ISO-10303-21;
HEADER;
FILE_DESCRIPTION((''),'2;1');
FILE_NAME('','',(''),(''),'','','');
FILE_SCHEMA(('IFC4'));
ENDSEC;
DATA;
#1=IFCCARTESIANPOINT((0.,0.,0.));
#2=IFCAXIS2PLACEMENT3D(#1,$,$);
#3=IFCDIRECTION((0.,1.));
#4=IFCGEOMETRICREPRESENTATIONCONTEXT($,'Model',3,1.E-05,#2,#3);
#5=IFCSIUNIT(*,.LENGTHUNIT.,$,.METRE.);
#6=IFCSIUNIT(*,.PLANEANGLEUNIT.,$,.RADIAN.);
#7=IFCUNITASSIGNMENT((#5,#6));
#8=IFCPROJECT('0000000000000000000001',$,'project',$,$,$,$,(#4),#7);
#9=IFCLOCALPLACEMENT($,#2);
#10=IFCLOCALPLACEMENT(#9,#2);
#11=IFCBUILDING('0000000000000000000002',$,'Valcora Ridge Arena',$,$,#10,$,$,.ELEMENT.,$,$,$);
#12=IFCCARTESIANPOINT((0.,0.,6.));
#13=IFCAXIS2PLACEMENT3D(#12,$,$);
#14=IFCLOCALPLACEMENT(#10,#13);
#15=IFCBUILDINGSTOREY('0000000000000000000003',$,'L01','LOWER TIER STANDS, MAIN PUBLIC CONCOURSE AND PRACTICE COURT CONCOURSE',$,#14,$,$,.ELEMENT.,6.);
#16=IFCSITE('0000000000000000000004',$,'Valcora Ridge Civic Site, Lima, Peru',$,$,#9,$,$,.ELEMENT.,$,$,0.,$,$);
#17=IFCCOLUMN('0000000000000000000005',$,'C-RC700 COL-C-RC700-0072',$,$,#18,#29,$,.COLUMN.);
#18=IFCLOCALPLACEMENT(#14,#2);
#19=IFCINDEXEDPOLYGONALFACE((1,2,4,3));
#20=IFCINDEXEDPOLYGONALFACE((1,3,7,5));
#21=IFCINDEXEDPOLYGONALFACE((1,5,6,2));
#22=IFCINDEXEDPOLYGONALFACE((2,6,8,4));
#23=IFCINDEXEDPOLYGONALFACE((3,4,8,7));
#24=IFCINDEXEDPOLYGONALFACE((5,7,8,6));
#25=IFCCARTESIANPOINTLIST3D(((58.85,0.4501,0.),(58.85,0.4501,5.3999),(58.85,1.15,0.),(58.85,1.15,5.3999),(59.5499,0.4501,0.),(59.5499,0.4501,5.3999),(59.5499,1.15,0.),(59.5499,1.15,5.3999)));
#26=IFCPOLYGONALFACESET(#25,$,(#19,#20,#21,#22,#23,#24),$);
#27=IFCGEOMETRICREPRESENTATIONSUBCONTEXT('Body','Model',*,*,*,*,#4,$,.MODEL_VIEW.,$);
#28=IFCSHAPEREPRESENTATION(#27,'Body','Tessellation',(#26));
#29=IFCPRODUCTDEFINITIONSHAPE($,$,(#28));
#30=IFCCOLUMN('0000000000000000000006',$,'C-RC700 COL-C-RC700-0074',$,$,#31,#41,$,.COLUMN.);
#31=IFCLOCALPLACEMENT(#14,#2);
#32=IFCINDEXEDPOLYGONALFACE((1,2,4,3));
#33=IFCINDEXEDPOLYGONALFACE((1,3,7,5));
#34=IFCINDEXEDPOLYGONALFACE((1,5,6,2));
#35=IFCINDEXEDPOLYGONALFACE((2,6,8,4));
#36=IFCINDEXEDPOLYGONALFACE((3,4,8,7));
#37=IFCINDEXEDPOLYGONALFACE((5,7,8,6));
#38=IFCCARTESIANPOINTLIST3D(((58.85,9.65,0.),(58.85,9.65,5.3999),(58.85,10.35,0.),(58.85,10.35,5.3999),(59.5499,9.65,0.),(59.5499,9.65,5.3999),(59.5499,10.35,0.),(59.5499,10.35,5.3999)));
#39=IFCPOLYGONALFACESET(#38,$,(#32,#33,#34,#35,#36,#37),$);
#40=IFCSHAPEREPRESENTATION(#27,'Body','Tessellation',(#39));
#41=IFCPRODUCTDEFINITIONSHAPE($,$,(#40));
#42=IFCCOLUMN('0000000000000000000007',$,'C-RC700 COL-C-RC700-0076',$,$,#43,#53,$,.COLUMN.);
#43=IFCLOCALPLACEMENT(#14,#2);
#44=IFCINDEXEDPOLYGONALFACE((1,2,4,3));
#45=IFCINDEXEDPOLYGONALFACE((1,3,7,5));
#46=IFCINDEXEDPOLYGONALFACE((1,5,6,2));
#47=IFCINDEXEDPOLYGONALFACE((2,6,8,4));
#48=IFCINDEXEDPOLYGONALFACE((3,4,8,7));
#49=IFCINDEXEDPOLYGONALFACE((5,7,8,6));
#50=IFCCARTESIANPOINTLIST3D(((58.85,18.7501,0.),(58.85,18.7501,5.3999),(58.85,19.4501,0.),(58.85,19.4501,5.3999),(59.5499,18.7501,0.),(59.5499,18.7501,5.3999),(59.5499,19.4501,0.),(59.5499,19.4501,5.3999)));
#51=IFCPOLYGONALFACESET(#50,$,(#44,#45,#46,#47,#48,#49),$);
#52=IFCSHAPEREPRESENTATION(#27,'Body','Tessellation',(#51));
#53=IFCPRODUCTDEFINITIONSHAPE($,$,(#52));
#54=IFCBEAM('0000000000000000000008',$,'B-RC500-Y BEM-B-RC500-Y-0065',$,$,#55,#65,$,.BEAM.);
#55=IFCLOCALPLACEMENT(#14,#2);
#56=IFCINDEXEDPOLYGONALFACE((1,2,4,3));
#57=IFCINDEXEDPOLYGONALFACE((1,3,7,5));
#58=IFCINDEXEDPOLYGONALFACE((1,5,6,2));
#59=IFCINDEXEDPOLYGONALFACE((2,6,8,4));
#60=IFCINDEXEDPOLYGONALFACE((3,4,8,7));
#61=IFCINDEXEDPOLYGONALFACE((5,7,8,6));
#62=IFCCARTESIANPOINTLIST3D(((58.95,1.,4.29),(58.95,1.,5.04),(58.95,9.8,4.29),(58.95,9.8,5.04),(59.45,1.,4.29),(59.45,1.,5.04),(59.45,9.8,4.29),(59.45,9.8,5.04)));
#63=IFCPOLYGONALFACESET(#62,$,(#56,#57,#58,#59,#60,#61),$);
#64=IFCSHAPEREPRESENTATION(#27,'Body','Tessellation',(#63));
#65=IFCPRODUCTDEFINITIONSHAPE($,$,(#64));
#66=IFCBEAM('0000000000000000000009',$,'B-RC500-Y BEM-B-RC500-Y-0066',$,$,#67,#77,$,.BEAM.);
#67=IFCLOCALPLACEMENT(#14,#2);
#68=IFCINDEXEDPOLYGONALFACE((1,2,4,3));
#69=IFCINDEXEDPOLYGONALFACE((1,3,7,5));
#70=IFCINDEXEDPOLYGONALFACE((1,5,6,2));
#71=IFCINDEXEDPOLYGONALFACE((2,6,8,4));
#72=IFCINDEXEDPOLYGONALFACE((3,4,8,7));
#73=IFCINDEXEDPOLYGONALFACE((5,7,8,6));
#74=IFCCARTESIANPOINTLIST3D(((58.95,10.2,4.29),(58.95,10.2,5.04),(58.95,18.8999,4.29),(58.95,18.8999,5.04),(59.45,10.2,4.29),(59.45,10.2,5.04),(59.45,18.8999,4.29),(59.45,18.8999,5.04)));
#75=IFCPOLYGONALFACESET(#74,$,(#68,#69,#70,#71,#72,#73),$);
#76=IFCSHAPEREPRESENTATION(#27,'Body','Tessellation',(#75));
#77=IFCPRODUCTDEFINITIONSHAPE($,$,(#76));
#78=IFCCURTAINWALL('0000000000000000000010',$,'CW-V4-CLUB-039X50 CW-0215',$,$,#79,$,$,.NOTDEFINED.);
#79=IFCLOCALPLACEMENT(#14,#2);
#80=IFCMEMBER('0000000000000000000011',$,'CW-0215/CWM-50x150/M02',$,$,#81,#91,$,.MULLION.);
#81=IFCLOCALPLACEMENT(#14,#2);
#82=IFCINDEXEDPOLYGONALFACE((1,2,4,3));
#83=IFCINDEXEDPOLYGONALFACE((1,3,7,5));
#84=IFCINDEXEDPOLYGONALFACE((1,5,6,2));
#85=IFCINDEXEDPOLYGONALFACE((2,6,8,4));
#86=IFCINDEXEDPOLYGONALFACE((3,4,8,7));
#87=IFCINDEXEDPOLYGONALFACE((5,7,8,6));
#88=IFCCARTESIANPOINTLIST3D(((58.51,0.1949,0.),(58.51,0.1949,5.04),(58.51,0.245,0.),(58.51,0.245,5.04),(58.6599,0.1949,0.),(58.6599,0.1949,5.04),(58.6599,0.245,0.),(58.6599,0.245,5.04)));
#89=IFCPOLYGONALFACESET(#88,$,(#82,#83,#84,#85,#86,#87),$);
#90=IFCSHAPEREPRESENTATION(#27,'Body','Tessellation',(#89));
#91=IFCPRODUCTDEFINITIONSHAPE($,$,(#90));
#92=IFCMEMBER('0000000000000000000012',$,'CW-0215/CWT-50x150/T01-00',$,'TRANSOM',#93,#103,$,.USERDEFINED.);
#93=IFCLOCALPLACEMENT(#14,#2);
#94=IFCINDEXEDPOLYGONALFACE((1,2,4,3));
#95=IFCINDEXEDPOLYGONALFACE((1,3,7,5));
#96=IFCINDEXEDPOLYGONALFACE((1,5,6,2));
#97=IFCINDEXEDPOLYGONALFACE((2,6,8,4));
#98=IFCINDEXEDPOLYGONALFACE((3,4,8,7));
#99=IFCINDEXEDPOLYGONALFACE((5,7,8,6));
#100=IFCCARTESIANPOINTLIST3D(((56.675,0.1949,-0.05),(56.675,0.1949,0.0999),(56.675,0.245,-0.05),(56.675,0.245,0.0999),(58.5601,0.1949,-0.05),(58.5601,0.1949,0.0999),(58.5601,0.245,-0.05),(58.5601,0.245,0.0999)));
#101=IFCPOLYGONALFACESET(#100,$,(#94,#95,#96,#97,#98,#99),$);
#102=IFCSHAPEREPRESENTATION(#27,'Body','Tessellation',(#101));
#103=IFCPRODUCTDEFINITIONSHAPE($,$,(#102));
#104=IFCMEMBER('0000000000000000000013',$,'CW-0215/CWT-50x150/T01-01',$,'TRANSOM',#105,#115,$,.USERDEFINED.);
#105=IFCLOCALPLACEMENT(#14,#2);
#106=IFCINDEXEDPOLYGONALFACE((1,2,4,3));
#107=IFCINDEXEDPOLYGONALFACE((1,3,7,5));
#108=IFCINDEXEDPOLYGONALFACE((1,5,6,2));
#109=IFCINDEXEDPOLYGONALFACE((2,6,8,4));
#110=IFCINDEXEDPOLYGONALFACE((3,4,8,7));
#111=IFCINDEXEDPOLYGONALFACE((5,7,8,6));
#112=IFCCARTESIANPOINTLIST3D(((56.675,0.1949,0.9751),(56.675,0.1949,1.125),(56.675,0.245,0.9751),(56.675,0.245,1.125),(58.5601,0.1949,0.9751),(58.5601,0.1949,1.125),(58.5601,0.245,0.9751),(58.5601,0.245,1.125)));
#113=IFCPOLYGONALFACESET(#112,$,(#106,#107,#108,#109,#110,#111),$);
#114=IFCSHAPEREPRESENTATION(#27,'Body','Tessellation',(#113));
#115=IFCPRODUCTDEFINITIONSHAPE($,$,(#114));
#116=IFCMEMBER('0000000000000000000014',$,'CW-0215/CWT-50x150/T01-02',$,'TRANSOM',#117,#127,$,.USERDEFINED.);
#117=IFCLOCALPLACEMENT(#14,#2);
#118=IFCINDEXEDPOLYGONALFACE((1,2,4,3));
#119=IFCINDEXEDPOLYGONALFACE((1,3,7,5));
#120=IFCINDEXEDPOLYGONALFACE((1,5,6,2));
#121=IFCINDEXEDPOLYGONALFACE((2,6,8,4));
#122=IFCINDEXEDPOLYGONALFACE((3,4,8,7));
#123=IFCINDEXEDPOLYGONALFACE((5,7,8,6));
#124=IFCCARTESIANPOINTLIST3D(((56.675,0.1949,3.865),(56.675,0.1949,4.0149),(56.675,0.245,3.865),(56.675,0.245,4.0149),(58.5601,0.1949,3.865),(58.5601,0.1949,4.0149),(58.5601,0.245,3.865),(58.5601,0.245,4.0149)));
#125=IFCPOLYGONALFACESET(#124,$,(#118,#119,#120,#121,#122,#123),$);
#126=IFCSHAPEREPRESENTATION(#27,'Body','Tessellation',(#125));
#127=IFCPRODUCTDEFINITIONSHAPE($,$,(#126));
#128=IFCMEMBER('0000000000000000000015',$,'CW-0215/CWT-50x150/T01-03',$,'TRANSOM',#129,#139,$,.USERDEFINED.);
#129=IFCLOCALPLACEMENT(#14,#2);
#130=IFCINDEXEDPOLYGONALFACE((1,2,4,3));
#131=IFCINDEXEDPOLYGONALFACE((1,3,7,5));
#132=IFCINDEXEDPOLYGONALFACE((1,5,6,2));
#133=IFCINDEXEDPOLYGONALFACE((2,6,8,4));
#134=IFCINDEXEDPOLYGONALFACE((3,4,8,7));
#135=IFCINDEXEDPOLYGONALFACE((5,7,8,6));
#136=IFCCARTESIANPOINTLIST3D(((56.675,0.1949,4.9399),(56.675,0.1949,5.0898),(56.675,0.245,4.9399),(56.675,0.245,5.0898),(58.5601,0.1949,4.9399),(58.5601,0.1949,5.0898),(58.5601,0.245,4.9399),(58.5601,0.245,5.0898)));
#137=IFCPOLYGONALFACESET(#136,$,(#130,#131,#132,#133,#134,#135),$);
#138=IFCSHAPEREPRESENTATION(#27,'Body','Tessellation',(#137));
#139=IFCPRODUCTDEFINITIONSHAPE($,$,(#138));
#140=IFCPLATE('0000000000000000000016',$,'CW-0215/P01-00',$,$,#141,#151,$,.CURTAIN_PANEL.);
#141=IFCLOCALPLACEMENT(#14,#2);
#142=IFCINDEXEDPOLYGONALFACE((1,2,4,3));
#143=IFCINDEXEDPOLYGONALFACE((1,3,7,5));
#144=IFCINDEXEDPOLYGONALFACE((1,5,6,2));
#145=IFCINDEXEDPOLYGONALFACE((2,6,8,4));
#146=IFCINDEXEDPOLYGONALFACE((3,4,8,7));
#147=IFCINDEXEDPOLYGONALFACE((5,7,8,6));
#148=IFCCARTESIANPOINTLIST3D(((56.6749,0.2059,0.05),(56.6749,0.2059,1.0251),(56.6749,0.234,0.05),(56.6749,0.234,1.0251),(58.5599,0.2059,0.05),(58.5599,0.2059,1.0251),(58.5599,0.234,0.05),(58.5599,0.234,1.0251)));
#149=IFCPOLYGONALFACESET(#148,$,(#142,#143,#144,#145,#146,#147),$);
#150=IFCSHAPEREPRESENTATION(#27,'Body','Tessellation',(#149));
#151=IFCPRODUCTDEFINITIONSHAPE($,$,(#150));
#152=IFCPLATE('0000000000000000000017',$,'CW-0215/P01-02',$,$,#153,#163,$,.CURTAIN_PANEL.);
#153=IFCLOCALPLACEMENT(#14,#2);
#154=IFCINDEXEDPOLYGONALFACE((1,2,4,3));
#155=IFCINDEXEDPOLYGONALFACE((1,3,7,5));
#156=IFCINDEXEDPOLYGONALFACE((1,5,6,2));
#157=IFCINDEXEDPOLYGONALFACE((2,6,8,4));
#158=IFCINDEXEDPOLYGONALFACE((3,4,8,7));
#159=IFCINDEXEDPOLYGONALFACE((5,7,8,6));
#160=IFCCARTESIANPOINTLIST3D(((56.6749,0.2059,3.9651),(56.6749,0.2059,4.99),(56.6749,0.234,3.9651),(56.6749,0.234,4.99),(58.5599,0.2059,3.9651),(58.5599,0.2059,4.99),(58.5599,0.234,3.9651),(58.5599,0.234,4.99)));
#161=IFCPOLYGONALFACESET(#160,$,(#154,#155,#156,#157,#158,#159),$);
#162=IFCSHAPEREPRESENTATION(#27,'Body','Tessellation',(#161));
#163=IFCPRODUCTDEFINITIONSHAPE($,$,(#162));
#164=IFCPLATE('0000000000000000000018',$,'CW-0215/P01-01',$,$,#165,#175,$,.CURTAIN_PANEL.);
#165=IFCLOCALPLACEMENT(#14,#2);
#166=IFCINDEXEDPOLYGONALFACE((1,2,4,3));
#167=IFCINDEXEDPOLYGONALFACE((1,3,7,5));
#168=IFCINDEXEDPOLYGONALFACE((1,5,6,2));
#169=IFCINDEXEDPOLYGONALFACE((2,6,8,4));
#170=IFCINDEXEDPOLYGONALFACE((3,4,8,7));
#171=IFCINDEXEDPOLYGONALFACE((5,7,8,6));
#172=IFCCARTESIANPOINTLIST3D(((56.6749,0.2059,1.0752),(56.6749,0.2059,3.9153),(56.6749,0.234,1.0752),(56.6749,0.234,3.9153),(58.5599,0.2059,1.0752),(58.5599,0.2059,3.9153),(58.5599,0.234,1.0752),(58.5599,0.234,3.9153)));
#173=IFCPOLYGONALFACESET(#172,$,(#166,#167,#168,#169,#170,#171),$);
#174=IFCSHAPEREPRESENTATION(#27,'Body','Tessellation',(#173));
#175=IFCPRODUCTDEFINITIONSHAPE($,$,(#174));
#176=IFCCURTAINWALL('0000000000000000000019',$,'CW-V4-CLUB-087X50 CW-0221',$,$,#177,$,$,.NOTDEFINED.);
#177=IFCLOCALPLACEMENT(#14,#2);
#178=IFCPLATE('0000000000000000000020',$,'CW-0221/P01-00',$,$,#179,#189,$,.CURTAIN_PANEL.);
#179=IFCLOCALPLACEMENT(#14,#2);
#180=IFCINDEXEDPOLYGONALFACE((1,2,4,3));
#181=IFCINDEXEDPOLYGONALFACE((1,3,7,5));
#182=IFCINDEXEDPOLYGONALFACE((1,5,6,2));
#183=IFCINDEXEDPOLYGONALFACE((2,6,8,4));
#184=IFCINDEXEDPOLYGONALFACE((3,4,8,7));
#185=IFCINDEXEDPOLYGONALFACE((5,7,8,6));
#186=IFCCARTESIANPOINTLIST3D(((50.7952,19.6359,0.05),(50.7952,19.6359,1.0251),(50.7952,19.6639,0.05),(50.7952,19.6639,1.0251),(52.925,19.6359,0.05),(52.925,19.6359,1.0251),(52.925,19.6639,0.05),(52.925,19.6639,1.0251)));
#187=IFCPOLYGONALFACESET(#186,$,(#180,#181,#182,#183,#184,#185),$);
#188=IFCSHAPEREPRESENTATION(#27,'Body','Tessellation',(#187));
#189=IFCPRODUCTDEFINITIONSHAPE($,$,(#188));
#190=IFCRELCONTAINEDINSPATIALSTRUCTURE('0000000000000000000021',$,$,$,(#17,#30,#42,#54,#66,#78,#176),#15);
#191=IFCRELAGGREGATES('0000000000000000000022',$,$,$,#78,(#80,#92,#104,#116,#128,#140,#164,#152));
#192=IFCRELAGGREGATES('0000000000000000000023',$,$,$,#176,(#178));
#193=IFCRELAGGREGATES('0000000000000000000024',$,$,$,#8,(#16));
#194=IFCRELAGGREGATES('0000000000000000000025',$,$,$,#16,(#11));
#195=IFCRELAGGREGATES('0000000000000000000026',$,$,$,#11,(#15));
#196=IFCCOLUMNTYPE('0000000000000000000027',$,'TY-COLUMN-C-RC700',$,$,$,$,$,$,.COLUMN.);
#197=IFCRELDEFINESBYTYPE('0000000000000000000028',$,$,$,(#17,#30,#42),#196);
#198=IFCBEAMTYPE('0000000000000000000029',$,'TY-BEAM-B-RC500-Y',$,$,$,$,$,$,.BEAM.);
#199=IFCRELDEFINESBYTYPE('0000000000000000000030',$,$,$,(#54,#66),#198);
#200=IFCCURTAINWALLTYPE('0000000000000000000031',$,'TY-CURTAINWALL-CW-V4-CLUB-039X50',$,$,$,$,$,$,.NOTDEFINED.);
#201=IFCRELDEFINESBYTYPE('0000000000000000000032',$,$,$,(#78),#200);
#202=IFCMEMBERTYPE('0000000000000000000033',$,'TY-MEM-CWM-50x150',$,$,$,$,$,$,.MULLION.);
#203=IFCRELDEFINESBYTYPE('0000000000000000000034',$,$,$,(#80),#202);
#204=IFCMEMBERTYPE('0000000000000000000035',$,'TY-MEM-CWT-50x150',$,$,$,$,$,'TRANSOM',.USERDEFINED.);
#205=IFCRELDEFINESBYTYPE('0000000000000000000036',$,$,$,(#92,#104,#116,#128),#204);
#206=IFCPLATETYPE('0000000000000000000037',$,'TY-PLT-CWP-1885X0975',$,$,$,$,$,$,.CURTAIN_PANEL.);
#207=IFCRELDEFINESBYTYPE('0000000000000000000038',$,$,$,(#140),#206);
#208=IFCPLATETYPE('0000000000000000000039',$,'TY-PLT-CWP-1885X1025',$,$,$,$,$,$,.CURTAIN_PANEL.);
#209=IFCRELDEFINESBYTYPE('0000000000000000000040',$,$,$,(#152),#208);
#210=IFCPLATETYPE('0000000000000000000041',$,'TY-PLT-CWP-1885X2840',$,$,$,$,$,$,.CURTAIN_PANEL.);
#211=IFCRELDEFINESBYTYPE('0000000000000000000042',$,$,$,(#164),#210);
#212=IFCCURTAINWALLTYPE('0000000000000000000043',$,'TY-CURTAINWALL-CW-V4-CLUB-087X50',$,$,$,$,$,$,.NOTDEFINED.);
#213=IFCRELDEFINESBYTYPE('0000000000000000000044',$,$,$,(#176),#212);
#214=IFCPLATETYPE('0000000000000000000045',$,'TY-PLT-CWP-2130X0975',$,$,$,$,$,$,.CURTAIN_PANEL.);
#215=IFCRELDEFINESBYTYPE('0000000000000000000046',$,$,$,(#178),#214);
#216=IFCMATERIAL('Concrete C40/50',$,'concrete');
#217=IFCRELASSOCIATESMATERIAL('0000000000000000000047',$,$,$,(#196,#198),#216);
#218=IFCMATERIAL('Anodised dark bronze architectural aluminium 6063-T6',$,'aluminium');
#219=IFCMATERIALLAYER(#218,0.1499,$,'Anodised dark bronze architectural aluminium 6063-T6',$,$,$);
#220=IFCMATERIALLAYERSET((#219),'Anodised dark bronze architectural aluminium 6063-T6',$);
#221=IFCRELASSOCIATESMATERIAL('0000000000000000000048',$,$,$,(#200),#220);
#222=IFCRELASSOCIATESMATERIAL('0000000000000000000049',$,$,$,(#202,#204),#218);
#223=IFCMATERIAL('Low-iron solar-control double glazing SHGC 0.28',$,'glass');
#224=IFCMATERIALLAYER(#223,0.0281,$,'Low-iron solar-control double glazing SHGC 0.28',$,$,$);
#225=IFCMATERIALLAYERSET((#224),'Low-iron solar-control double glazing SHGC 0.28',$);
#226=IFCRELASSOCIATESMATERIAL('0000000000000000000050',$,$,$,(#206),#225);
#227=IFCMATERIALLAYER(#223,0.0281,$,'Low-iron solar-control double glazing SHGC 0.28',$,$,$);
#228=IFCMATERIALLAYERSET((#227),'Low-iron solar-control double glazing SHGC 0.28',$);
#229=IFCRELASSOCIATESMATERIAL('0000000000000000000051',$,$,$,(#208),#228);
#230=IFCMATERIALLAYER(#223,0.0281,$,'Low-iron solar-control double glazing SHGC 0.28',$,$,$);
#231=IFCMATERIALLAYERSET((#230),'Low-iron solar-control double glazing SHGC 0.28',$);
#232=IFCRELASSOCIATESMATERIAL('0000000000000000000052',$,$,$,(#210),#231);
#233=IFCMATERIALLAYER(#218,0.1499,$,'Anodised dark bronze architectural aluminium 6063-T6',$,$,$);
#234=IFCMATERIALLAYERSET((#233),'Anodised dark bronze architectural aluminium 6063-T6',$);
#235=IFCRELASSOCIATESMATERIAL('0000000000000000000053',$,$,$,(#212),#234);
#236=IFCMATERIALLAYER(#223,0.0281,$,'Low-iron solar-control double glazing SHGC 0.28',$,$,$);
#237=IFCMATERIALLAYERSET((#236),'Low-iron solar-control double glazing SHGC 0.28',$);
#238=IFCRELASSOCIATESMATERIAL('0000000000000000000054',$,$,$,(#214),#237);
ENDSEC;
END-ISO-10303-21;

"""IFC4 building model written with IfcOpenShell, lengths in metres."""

from ifc_helpers import new_model, si_unit, direction, frame, origin, origin_2d, place, context, subcontext, project, spatial, rectangle, extrude, material, layer, layer_set, material_profile, profile_set, type_object, element, aggregate, save


model = new_model("IFC4")

# Units and contexts
model_context = context("Model", 3, precision=1e-05, world=origin(), true_north=direction((0.0, 1.0)))
body_context = subcontext(model_context, "Body", "Model", "MODEL_VIEW")
ifc_project = project(units=[si_unit("LENGTHUNIT", "METRE"), si_unit("PLANEANGLEUNIT", "RADIAN")], contexts=[model_context])

# Site, building, storey
site_placement = place(None, origin())
site = spatial("IfcSite", under=ifc_project, at=site_placement, Name="Valcora Ridge Civic Site, Lima, Peru", CompositionType="ELEMENT", RefElevation=0.0)
building_placement = place(site_placement, origin())
building = spatial("IfcBuilding", under=site, at=building_placement, Name="Valcora Ridge Arena", CompositionType="ELEMENT")
storey_placement = place(building_placement, frame((0.0, 0.0, 6.0)))
storey = spatial("IfcBuildingStorey", under=building, at=storey_placement, Name="L01", Description="LOWER TIER STANDS, MAIN PUBLIC CONCOURSE AND PRACTICE COURT CONCOURSE", CompositionType="ELEMENT", Elevation=6.0)

# Columns
ifc_material_1 = material(Name="Concrete C40/50", Category="concrete")
ifc_material_profile_1 = material_profile(ifc_material_1, rectangle(XDim=0.7, YDim=0.7, at=origin_2d()), Name="RC 700x700")
ifc_profile_set_1 = profile_set([ifc_material_profile_1], Name="Concrete C40/50")
column_type = type_object("IfcColumnType", Name="TY-COLUMN-C-RC700", PredefinedType="COLUMN", material=ifc_profile_set_1)
for number, where, z_axis, x_axis, name in (
    (1, (59.2, 0.8, 0.0), (0.0, 0.0, 1.0), (1.0, 0.0, 0.0), "C-RC700 COL-C-RC700-0072"),
    (2, (59.2, 10.0, 0.0), (0.0, 0.0, 1.0), (1.0, 0.0, 0.0), "C-RC700 COL-C-RC700-0074"),
    (3, (59.2, 19.1001, 0.0), (0.0, 0.0, 1.0), (1.0, 0.0, 0.0), "C-RC700 COL-C-RC700-0076"),
):
    element("IfcColumn", number, at=place(storey_placement, frame(where, z_axis=z_axis, x_axis=x_axis)), inside=storey, type_object=column_type, Name=name, PredefinedType="COLUMN", context=body_context, shape_type="SweptSolid", body=[
        extrude(rectangle(XDim=0.7, YDim=0.7, at=origin_2d()), origin(), (0.0, 0.0, 1.0), 5.3999),
    ])

# Beams
ifc_material_profile_2 = material_profile(ifc_material_1, rectangle(XDim=0.5, YDim=0.75, at=origin_2d()), Name="RC 500x750")
ifc_profile_set_2 = profile_set([ifc_material_profile_2], Name="Concrete C40/50")
beam_type = type_object("IfcBeamType", Name="TY-BEAM-B-RC500-Y", PredefinedType="BEAM", material=ifc_profile_set_2)
beam_1_placement = place(storey_placement, frame((59.2, 1.0, 4.665), z_axis=(0.0, 1.0, 0.0), x_axis=(-1.0, 0.0, 0.0)))
element("IfcBeam", 4, at=beam_1_placement, inside=storey, type_object=beam_type, Name="B-RC500-Y BEM-B-RC500-Y-0065", PredefinedType="BEAM", context=body_context, shape_type="SweptSolid", body=[
    extrude(rectangle(XDim=0.5, YDim=0.75, at=origin_2d()), origin(), (0.0, 0.0, 1.0), 8.8),
])
beam_2_placement = place(storey_placement, frame((59.2, 10.2, 4.665), z_axis=(0.0, 1.0, 0.0), x_axis=(-1.0, 0.0, 0.0)))
element("IfcBeam", 5, at=beam_2_placement, inside=storey, type_object=beam_type, Name="B-RC500-Y BEM-B-RC500-Y-0066", PredefinedType="BEAM", context=body_context, shape_type="SweptSolid", body=[
    extrude(rectangle(XDim=0.5, YDim=0.75, at=origin_2d()), origin(), (0.0, 0.0, 1.0), 8.7),
])

# Curtain wall, members, plates
ifc_material_2 = material(Name="Anodised dark bronze architectural aluminium 6063-T6", Category="aluminium")
ifc_layer_1 = layer(ifc_material_2, 0.1499, Name="Anodised dark bronze architectural aluminium 6063-T6")
ifc_layer_set_1 = layer_set([ifc_layer_1], Name="Anodised dark bronze architectural aluminium 6063-T6")
curtain_wall_type_1 = type_object("IfcCurtainWallType", Name="TY-CURTAINWALL-CW-V4-CLUB-039X50", PredefinedType="NOTDEFINED", material=ifc_layer_set_1)
curtain_wall_1_placement = place(storey_placement, origin())
curtain_wall_1 = element("IfcCurtainWall", 6, at=curtain_wall_1_placement, inside=storey, type_object=curtain_wall_type_1, Name="CW-V4-CLUB-039X50 CW-0215", PredefinedType="NOTDEFINED")
ifc_material_profile_3 = material_profile(ifc_material_2, rectangle(XDim=0.05, YDim=0.1499, at=origin_2d()), Name="ALU MULLION 50x150")
ifc_profile_set_3 = profile_set([ifc_material_profile_3], Name="Anodised dark bronze architectural aluminium 6063-T6")
member_type_1 = type_object("IfcMemberType", Name="TY-MEM-CWM-50x150", PredefinedType="MULLION", material=ifc_profile_set_3)
member_1_placement = place(storey_placement, frame((58.585, 0.22, 0.0), z_axis=(0.0, 0.0, 1.0), x_axis=(0.0, 1.0, 0.0)))
member_1 = element("IfcMember", 7, at=member_1_placement, type_object=member_type_1, Name="CW-0215/CWM-50x150/M02", PredefinedType="MULLION", context=body_context, shape_type="SweptSolid", body=[
    extrude(rectangle(XDim=0.05, YDim=0.1499, at=origin_2d()), origin(), (0.0, 0.0, 1.0), 5.04),
])
ifc_material_profile_4 = material_profile(ifc_material_2, rectangle(XDim=0.05, YDim=0.1499, at=origin_2d()), Name="ALU TRANSOM 50x150")
ifc_profile_set_4 = profile_set([ifc_material_profile_4], Name="Anodised dark bronze architectural aluminium 6063-T6")
member_type_2 = type_object("IfcMemberType", Name="TY-MEM-CWT-50x150", ElementType="TRANSOM", PredefinedType="USERDEFINED", material=ifc_profile_set_4)
member_2_placement = place(storey_placement, frame((56.675, 0.22, 0.0249), z_axis=(1.0, 0.0, 0.0), x_axis=(0.0, 1.0, 0.0)))
member_2 = element("IfcMember", 8, at=member_2_placement, type_object=member_type_2, Name="CW-0215/CWT-50x150/T01-00", ObjectType="TRANSOM", PredefinedType="USERDEFINED", context=body_context, shape_type="SweptSolid", body=[
    extrude(rectangle(XDim=0.05, YDim=0.1499, at=origin_2d()), origin(), (0.0, 0.0, 1.0), 1.885),
])
member_3_placement = place(storey_placement, frame((56.675, 0.22, 1.05), z_axis=(1.0, 0.0, 0.0), x_axis=(0.0, 1.0, 0.0)))
member_3 = element("IfcMember", 9, at=member_3_placement, type_object=member_type_2, Name="CW-0215/CWT-50x150/T01-01", ObjectType="TRANSOM", PredefinedType="USERDEFINED", context=body_context, shape_type="SweptSolid", body=[
    extrude(rectangle(XDim=0.05, YDim=0.1499, at=origin_2d()), origin(), (0.0, 0.0, 1.0), 1.885),
])
member_4_placement = place(storey_placement, frame((56.675, 0.22, 3.9399), z_axis=(1.0, 0.0, 0.0), x_axis=(0.0, 1.0, 0.0)))
member_4 = element("IfcMember", 10, at=member_4_placement, type_object=member_type_2, Name="CW-0215/CWT-50x150/T01-02", ObjectType="TRANSOM", PredefinedType="USERDEFINED", context=body_context, shape_type="SweptSolid", body=[
    extrude(rectangle(XDim=0.05, YDim=0.1499, at=origin_2d()), origin(), (0.0, 0.0, 1.0), 1.885),
])
member_5_placement = place(storey_placement, frame((56.675, 0.22, 5.0149), z_axis=(1.0, 0.0, 0.0), x_axis=(0.0, 1.0, 0.0)))
member_5 = element("IfcMember", 11, at=member_5_placement, type_object=member_type_2, Name="CW-0215/CWT-50x150/T01-03", ObjectType="TRANSOM", PredefinedType="USERDEFINED", context=body_context, shape_type="SweptSolid", body=[
    extrude(rectangle(XDim=0.05, YDim=0.1499, at=origin_2d()), origin(), (0.0, 0.0, 1.0), 1.885),
])
ifc_material_3 = material(Name="Low-iron solar-control double glazing SHGC 0.28", Category="glass")
ifc_layer_2 = layer(ifc_material_3, 0.0281, Name="Low-iron solar-control double glazing SHGC 0.28")
ifc_layer_set_2 = layer_set([ifc_layer_2], Name="Low-iron solar-control double glazing SHGC 0.28")
plate_type_1 = type_object("IfcPlateType", Name="TY-PLT-CWP-1885X0975", PredefinedType="CURTAIN_PANEL", material=ifc_layer_set_2)
plate_1_placement = place(storey_placement, frame((57.6174, 0.22, 0.05), z_axis=(0.0, 0.0, 1.0), x_axis=(1.0, 0.0, 0.0)))
plate_1 = element("IfcPlate", 12, at=plate_1_placement, type_object=plate_type_1, Name="CW-0215/P01-00", PredefinedType="CURTAIN_PANEL", context=body_context, shape_type="SweptSolid", body=[
    extrude(rectangle(XDim=1.885, YDim=0.0281, at=origin_2d()), origin(), (0.0, 0.0, 1.0), 0.9751),
])
ifc_layer_3 = layer(ifc_material_3, 0.0281, Name="Low-iron solar-control double glazing SHGC 0.28")
ifc_layer_set_3 = layer_set([ifc_layer_3], Name="Low-iron solar-control double glazing SHGC 0.28")
plate_type_2 = type_object("IfcPlateType", Name="TY-PLT-CWP-1885X1025", PredefinedType="CURTAIN_PANEL", material=ifc_layer_set_3)
plate_2_placement = place(storey_placement, frame((57.6174, 0.22, 3.9651), z_axis=(0.0, 0.0, 1.0), x_axis=(1.0, 0.0, 0.0)))
plate_2 = element("IfcPlate", 13, at=plate_2_placement, type_object=plate_type_2, Name="CW-0215/P01-02", PredefinedType="CURTAIN_PANEL", context=body_context, shape_type="SweptSolid", body=[
    extrude(rectangle(XDim=1.885, YDim=0.0281, at=origin_2d()), origin(), (0.0, 0.0, 1.0), 1.0249),
])
ifc_layer_4 = layer(ifc_material_3, 0.0281, Name="Low-iron solar-control double glazing SHGC 0.28")
ifc_layer_set_4 = layer_set([ifc_layer_4], Name="Low-iron solar-control double glazing SHGC 0.28")
plate_type_3 = type_object("IfcPlateType", Name="TY-PLT-CWP-1885X2840", PredefinedType="CURTAIN_PANEL", material=ifc_layer_set_4)
plate_3_placement = place(storey_placement, frame((57.6174, 0.22, 1.0752), z_axis=(0.0, 0.0, 1.0), x_axis=(1.0, 0.0, 0.0)))
plate_3 = element("IfcPlate", 14, at=plate_3_placement, type_object=plate_type_3, Name="CW-0215/P01-01", PredefinedType="CURTAIN_PANEL", context=body_context, shape_type="SweptSolid", body=[
    extrude(rectangle(XDim=1.885, YDim=0.0281, at=origin_2d()), origin(), (0.0, 0.0, 1.0), 2.8401),
])
aggregate(curtain_wall_1, [member_1, member_2, member_3, member_4, member_5, plate_1, plate_3, plate_2])

# Curtain wall, plate
ifc_layer_5 = layer(ifc_material_2, 0.1499, Name="Anodised dark bronze architectural aluminium 6063-T6")
ifc_layer_set_5 = layer_set([ifc_layer_5], Name="Anodised dark bronze architectural aluminium 6063-T6")
curtain_wall_type_2 = type_object("IfcCurtainWallType", Name="TY-CURTAINWALL-CW-V4-CLUB-087X50", PredefinedType="NOTDEFINED", material=ifc_layer_set_5)
curtain_wall_2_placement = place(storey_placement, origin())
curtain_wall_2 = element("IfcCurtainWall", 15, at=curtain_wall_2_placement, inside=storey, type_object=curtain_wall_type_2, Name="CW-V4-CLUB-087X50 CW-0221", PredefinedType="NOTDEFINED")
ifc_layer_6 = layer(ifc_material_3, 0.0281, Name="Low-iron solar-control double glazing SHGC 0.28")
ifc_layer_set_6 = layer_set([ifc_layer_6], Name="Low-iron solar-control double glazing SHGC 0.28")
plate_type_4 = type_object("IfcPlateType", Name="TY-PLT-CWP-2130X0975", PredefinedType="CURTAIN_PANEL", material=ifc_layer_set_6)
plate_4_placement = place(storey_placement, frame((51.8601, 19.6499, 0.05), z_axis=(0.0, 0.0, 1.0), x_axis=(1.0, 0.0, 0.0)))
plate_4 = element("IfcPlate", 16, at=plate_4_placement, type_object=plate_type_4, Name="CW-0221/P01-00", PredefinedType="CURTAIN_PANEL", context=body_context, shape_type="SweptSolid", body=[
    extrude(rectangle(XDim=2.1299, YDim=0.0281, at=origin_2d()), origin(), (0.0, 0.0, 1.0), 0.9751),
])
aggregate(curtain_wall_2, [plate_4])

save(model, "model.ifc")
